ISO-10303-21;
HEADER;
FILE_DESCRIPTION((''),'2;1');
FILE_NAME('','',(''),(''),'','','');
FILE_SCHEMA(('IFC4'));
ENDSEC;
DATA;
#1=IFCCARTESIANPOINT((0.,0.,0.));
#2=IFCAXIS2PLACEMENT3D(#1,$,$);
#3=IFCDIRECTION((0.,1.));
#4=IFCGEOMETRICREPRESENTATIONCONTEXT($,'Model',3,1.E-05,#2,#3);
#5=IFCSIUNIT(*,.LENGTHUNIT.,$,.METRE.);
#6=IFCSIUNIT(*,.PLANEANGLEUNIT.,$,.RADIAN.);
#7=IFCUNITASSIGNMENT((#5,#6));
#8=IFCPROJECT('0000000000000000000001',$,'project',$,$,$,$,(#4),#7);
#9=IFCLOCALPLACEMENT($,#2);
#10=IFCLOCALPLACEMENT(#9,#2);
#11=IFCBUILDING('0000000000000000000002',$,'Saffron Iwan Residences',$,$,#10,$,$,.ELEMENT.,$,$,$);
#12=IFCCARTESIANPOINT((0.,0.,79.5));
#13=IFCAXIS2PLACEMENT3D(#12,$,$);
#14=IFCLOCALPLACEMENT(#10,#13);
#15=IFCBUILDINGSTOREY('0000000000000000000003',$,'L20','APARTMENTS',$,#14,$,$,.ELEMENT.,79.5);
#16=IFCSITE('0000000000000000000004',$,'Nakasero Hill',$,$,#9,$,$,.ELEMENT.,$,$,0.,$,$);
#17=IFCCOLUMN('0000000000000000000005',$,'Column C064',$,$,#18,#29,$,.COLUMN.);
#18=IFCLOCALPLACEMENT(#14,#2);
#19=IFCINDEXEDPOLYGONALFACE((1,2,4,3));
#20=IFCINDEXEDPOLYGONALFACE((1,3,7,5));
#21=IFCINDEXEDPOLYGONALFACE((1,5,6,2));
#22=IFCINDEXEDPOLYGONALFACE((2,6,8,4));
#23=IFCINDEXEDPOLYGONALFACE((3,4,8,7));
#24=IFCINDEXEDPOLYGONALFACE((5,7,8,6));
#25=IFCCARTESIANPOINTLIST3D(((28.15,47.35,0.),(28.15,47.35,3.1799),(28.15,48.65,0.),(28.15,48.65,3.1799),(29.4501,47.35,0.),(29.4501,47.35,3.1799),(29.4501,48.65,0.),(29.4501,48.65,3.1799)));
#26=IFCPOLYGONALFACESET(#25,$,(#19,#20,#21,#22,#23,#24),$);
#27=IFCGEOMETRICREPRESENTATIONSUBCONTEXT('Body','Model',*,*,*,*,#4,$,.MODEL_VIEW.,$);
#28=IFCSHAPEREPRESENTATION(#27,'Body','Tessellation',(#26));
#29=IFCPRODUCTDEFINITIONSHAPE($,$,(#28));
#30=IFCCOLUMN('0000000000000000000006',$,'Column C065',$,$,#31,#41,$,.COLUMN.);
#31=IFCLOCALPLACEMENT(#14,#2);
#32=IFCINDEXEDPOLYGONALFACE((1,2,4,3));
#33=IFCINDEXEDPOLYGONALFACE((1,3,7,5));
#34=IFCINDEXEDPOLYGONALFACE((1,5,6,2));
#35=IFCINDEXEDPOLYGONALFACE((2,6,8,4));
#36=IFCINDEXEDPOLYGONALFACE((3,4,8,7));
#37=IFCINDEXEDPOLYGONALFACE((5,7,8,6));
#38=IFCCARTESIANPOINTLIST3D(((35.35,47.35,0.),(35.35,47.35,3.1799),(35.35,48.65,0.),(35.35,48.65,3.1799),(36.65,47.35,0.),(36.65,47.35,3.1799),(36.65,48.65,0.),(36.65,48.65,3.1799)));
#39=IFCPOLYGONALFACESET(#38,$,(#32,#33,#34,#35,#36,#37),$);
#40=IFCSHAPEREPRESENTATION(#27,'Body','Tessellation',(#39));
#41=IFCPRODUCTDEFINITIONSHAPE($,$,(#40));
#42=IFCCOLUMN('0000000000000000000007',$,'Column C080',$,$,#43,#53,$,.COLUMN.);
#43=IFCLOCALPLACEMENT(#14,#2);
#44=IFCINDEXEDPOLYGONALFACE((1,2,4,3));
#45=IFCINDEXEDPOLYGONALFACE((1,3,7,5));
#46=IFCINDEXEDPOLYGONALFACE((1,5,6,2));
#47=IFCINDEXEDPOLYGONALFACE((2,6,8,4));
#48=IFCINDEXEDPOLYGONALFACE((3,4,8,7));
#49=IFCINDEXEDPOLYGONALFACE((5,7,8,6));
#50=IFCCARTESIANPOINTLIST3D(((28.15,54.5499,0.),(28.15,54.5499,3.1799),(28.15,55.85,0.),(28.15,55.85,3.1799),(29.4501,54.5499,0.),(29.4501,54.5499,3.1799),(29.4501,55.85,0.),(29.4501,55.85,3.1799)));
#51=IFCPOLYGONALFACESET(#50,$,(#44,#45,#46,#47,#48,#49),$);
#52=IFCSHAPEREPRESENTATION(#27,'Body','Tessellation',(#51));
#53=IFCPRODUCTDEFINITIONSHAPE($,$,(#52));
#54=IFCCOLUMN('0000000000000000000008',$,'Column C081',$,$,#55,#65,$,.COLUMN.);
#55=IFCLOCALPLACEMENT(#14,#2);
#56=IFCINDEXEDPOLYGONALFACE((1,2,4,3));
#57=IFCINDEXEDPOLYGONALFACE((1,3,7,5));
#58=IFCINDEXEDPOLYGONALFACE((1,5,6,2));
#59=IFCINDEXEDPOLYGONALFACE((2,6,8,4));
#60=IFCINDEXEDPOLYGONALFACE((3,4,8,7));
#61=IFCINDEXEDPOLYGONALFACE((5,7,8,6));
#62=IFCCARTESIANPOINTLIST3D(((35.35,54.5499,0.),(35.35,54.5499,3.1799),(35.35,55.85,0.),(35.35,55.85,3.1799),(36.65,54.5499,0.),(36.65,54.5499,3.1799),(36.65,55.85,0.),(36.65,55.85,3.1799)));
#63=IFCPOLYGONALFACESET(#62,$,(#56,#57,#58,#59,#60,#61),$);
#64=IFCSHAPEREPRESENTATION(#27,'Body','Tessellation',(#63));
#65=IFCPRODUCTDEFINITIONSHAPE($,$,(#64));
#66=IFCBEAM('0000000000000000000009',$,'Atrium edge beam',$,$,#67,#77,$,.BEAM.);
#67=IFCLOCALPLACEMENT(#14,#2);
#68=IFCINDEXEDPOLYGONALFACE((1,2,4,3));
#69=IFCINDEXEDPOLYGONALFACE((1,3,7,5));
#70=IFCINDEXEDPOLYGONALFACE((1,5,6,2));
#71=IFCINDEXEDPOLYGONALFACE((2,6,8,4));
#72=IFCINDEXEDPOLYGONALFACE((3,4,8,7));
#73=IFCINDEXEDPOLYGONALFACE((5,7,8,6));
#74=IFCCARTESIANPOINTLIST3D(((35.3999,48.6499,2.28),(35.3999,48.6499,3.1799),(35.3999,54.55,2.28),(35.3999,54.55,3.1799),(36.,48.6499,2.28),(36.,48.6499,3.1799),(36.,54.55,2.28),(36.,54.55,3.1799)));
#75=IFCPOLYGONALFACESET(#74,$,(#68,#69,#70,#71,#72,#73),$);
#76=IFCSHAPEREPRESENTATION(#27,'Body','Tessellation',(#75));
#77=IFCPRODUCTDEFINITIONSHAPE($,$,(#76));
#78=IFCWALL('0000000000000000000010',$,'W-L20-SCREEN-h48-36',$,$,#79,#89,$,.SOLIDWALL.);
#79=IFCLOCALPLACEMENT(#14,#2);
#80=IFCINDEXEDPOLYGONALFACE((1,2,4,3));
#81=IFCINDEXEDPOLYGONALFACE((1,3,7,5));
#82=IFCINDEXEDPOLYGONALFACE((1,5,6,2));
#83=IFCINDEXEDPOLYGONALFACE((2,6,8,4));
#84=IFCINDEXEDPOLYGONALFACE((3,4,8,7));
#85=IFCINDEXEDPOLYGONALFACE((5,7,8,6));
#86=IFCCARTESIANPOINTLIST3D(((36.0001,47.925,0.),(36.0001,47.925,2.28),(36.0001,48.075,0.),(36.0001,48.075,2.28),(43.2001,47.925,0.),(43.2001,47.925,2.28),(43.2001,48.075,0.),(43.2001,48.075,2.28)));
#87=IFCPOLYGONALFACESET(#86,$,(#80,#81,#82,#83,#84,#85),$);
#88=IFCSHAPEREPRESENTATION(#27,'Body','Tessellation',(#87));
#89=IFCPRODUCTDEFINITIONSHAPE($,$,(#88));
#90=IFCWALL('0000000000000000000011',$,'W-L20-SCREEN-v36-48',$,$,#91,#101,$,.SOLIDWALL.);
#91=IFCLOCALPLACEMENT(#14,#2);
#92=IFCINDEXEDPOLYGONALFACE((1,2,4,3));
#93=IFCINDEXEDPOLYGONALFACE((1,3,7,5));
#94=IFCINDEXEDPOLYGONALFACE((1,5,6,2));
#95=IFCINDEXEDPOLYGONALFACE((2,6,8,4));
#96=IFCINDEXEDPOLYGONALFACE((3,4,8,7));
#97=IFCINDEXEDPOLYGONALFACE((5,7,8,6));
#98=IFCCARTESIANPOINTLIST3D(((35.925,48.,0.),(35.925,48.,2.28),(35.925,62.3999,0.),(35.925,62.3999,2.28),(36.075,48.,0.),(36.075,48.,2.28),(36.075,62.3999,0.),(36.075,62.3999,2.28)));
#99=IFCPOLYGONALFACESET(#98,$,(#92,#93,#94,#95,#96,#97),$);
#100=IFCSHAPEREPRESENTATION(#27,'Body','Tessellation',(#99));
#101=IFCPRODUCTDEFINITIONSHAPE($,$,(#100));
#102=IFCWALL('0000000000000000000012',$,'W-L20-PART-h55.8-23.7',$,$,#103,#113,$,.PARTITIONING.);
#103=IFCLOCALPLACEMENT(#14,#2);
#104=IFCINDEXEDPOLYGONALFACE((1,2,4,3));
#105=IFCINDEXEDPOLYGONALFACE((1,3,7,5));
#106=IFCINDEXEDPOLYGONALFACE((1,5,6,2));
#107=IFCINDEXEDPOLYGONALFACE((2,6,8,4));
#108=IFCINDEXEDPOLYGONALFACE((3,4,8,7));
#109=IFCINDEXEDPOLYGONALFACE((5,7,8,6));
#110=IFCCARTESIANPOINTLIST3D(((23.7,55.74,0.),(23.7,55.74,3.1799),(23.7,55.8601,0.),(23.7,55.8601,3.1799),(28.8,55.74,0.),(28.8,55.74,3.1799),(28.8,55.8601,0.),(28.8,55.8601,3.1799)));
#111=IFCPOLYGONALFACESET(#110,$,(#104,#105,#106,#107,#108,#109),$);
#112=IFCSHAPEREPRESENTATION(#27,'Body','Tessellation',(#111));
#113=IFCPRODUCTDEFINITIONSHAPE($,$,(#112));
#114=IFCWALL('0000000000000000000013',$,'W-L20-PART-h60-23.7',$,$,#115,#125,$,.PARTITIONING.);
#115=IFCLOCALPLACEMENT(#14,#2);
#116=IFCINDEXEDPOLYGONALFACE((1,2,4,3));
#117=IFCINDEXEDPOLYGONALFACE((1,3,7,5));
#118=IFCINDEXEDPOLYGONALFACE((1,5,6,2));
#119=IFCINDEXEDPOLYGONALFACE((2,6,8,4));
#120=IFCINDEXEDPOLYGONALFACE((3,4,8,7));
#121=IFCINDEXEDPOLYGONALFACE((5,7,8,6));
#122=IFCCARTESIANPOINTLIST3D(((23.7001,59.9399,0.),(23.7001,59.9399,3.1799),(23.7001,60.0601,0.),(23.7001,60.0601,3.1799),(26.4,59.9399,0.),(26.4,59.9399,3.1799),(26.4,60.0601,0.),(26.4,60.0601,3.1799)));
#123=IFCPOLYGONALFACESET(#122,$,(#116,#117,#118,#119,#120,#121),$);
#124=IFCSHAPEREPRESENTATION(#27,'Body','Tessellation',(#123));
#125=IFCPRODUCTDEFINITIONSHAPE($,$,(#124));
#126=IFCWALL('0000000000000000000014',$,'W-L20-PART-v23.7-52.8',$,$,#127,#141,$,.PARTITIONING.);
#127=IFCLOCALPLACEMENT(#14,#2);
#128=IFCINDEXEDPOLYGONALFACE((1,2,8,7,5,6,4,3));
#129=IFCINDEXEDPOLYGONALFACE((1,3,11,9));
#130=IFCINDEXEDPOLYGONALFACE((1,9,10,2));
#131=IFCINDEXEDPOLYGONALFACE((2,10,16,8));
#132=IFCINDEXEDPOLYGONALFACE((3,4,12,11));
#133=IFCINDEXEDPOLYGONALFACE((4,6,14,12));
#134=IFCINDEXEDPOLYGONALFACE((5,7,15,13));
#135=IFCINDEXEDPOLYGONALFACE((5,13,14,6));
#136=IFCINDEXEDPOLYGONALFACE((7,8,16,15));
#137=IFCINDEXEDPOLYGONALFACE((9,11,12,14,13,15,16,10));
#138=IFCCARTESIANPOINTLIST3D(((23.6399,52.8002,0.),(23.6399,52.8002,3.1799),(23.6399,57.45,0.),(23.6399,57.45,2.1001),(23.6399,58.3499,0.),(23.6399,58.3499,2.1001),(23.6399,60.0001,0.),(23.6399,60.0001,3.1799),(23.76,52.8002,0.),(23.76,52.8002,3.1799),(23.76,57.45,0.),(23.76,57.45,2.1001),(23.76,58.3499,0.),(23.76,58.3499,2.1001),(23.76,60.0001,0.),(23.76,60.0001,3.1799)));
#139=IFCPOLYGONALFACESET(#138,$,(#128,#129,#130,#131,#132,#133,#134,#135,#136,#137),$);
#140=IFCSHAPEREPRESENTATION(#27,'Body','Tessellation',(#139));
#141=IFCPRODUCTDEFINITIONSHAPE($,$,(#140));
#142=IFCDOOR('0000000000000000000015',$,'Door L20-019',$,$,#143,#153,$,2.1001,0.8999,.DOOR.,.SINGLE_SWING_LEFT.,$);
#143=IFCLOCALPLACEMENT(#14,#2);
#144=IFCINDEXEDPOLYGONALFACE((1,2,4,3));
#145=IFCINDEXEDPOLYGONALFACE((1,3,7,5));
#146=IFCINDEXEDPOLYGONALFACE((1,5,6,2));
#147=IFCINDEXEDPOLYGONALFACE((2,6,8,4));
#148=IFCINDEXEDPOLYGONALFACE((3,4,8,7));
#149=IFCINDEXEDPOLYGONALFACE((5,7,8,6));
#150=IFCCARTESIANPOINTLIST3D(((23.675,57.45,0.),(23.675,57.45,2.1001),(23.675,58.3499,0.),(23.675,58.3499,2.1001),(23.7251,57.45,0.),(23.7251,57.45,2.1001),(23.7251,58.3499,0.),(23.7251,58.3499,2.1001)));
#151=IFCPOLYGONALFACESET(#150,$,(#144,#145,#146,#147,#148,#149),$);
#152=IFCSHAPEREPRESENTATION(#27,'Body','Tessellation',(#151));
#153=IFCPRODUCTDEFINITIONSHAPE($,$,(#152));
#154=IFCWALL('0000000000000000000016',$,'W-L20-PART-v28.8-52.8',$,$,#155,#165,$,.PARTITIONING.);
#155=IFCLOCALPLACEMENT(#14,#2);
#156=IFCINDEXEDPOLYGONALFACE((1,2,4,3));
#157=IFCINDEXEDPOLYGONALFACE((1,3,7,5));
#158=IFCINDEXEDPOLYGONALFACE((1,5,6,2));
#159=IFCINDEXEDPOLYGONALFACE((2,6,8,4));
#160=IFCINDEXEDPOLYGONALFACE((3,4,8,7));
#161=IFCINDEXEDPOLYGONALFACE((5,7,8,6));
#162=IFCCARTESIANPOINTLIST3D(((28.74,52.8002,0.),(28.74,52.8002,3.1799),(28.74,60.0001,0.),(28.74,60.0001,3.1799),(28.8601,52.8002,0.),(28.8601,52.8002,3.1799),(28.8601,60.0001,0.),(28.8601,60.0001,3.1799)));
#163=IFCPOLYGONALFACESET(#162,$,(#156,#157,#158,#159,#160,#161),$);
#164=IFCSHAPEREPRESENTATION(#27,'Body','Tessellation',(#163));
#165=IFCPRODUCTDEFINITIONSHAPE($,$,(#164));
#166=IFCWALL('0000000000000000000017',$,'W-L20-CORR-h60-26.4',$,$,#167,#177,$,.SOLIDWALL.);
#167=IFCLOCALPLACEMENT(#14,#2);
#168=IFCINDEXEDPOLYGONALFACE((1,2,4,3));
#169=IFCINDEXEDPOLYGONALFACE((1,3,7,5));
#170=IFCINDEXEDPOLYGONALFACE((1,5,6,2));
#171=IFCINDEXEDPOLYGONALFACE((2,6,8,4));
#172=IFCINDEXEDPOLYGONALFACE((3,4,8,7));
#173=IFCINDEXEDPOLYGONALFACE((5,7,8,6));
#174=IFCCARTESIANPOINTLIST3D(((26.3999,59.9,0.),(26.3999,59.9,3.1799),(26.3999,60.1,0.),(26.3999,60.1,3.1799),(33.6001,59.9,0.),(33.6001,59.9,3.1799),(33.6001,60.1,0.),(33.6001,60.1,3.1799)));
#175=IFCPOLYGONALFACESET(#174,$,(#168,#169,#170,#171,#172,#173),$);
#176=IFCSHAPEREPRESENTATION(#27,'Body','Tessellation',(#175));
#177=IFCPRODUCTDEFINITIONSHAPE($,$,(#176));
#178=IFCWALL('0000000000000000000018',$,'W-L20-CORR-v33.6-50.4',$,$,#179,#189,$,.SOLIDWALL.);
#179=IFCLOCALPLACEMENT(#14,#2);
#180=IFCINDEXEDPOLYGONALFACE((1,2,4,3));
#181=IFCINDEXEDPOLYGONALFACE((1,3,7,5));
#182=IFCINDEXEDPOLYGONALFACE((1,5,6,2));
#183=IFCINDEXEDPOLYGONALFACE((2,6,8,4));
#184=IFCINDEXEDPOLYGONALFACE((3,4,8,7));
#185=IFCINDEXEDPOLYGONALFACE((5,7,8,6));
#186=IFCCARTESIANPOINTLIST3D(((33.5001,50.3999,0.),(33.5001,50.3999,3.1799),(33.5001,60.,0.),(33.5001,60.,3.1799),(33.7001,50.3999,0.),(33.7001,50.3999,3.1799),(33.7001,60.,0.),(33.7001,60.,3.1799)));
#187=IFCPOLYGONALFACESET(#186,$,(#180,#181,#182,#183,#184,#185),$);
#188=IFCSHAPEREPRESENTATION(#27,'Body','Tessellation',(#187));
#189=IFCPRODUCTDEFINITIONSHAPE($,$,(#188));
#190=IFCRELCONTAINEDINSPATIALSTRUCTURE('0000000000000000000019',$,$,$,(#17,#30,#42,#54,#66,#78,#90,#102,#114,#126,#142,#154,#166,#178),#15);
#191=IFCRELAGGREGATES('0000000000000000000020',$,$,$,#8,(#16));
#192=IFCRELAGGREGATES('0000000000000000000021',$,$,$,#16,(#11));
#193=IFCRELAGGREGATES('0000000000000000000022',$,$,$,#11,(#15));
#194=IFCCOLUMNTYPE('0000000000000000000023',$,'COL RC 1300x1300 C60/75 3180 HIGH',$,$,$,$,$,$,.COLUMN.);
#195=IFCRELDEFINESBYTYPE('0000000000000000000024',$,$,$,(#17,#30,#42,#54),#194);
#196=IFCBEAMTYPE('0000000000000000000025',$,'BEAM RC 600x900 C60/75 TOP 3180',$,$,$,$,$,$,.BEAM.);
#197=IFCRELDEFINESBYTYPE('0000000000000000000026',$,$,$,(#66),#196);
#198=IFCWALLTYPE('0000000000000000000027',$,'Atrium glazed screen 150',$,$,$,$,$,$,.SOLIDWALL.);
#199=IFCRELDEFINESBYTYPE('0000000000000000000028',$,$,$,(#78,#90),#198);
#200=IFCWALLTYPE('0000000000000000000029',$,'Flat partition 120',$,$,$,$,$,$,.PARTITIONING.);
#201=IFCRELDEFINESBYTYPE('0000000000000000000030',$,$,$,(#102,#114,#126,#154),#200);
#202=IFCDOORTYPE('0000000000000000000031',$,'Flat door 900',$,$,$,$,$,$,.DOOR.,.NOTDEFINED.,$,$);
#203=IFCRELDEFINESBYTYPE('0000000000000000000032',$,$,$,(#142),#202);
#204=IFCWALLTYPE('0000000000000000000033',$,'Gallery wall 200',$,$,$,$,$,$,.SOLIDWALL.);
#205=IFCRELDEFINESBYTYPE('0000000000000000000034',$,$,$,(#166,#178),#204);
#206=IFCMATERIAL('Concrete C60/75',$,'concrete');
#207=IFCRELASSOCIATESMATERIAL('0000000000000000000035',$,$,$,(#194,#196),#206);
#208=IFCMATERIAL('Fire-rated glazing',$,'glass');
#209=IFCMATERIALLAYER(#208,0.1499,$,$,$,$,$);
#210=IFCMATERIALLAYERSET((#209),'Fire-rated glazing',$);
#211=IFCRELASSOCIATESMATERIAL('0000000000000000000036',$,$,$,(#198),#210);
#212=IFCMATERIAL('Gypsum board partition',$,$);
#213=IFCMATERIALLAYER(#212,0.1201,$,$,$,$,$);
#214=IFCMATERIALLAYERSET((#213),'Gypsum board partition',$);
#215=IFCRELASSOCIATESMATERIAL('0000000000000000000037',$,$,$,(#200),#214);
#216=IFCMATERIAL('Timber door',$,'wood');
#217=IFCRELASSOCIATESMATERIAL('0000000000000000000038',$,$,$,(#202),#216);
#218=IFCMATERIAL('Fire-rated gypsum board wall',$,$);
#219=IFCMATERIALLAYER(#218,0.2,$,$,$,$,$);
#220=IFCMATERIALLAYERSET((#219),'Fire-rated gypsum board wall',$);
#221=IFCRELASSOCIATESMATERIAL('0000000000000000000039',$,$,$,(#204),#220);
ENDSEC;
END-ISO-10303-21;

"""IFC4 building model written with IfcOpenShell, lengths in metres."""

from ifc_helpers import new_model, si_unit, direction, frame, frame_2d, origin, origin_2d, place, context, subcontext, project, spatial, rectangle, extrude, source, transform, mapped, material, layer, layer_set, material_profile, profile_set, type_object, element, fill, save


model = new_model("IFC4")

# Units and contexts
model_context = context("Model", 3, precision=1e-05, world=origin(), true_north=direction((0.0, 1.0)))
body_context = subcontext(model_context, "Body", "Model", "MODEL_VIEW")
ifc_project = project(units=[si_unit("LENGTHUNIT", "METRE"), si_unit("PLANEANGLEUNIT", "RADIAN")], contexts=[model_context])

# Site, building, storey
site_placement = place(None, origin())
site = spatial("IfcSite", under=ifc_project, at=site_placement, Name="Nakasero Hill", CompositionType="ELEMENT", RefElevation=0.0)
building_placement = place(site_placement, origin())
building = spatial("IfcBuilding", under=site, at=building_placement, Name="Saffron Iwan Residences", CompositionType="ELEMENT")
storey_placement = place(building_placement, frame((0.0, 0.0, 79.5)))
storey = spatial("IfcBuildingStorey", under=building, at=storey_placement, Name="L20", Description="APARTMENTS", CompositionType="ELEMENT", Elevation=79.5)

# Columns
ifc_material_1 = material(Name="Concrete C60/75", Category="concrete")
ifc_material_profile_1 = material_profile(ifc_material_1, rectangle(XDim=1.3, YDim=1.3, at=origin_2d()), Name="RC 1300x1300")
ifc_profile_set_1 = profile_set([ifc_material_profile_1], Name="Concrete C60/75")
column_type = type_object("IfcColumnType", Name="COL RC 1300x1300 C60/75 3180 HIGH", PredefinedType="COLUMN", material=ifc_profile_set_1)
shared_shape_1 = source(origin(), body_context, "Body", "SweptSolid", [
    extrude(rectangle(XDim=1.3, YDim=1.3, at=origin_2d()), origin(), (0.0, 0.0, 1.0), 3.1799),
])
for number, where, z_axis, x_axis, name in (
    (1, (28.8, 48.0, 0.0), (0.0, 0.0, 1.0), (1.0, 0.0, 0.0), "Column C064"),
    (2, (36.0, 48.0, 0.0), (0.0, 0.0, 1.0), (1.0, 0.0, 0.0), "Column C065"),
    (3, (28.8, 55.2, 0.0), (0.0, 0.0, 1.0), (1.0, 0.0, 0.0), "Column C080"),
    (4, (36.0, 55.2, 0.0), (0.0, 0.0, 1.0), (1.0, 0.0, 0.0), "Column C081"),
):
    element("IfcColumn", number, at=place(storey_placement, frame(where, z_axis=z_axis, x_axis=x_axis)), inside=storey, type_object=column_type, Name=name, PredefinedType="COLUMN", context=body_context, shape_type="MappedRepresentation", body=[
        mapped(shared_shape_1, transform((0.0, 0.0, 0.0))),
    ])

# Beam
ifc_material_profile_2 = material_profile(ifc_material_1, rectangle(XDim=0.6001, YDim=0.8999, at=origin_2d()), Name="RC 600x900")
ifc_profile_set_2 = profile_set([ifc_material_profile_2], Name="Concrete C60/75")
beam_type = type_object("IfcBeamType", Name="BEAM RC 600x900 C60/75 TOP 3180", PredefinedType="BEAM", material=ifc_profile_set_2)
shared_shape_2 = source(origin(), body_context, "Body", "SweptSolid", [
    extrude(rectangle(XDim=0.6001, YDim=0.8999, at=origin_2d()), origin(), (0.0, 0.0, 1.0), 5.9001),
])
beam_placement = place(storey_placement, frame((35.7, 48.6499, 2.73), z_axis=(0.0, 1.0, 0.0), x_axis=(-1.0, 0.0, 0.0)))
element("IfcBeam", 5, at=beam_placement, inside=storey, type_object=beam_type, Name="Atrium edge beam", PredefinedType="BEAM", context=body_context, shape_type="MappedRepresentation", body=[
    mapped(shared_shape_2, transform((0.0, 0.0, 0.0))),
])

# Walls
ifc_material_2 = material(Name="Fire-rated glazing", Category="glass")
ifc_layer_1 = layer(ifc_material_2, 0.1499)
ifc_layer_set_1 = layer_set([ifc_layer_1], Name="Fire-rated glazing")
wall_type_1 = type_object("IfcWallType", Name="Atrium glazed screen 150", PredefinedType="SOLIDWALL", material=ifc_layer_set_1)
wall_1_placement = place(storey_placement, frame((36.0, 48.0, 0.0), z_axis=(0.0, 0.0, 1.0), x_axis=(1.0, 0.0, 0.0)))
element("IfcWall", 6, at=wall_1_placement, inside=storey, type_object=wall_type_1, Name="W-L20-SCREEN-h48-36", PredefinedType="SOLIDWALL", context=body_context, shape_type="SweptSolid", body=[
    extrude(rectangle(XDim=7.2, YDim=0.1499, at=frame_2d((3.6001, 0.0))), origin(), (0.0, 0.0, 1.0), 2.28),
])
wall_2_placement = place(storey_placement, frame((36.0, 48.0, 0.0), z_axis=(0.0, 0.0, 1.0), x_axis=(0.0, 1.0, 0.0)))
element("IfcWall", 7, at=wall_2_placement, inside=storey, type_object=wall_type_1, Name="W-L20-SCREEN-v36-48", PredefinedType="SOLIDWALL", context=body_context, shape_type="SweptSolid", body=[
    extrude(rectangle(XDim=14.3999, YDim=0.1499, at=frame_2d((7.2, 0.0))), origin(), (0.0, 0.0, 1.0), 2.28),
])
ifc_material_3 = material(Name="Gypsum board partition")
ifc_layer_2 = layer(ifc_material_3, 0.1201)
ifc_layer_set_2 = layer_set([ifc_layer_2], Name="Gypsum board partition")
wall_type_2 = type_object("IfcWallType", Name="Flat partition 120", PredefinedType="PARTITIONING", material=ifc_layer_set_2)
wall_3_placement = place(storey_placement, frame((23.7, 55.8, 0.0), z_axis=(0.0, 0.0, 1.0), x_axis=(1.0, 0.0, 0.0)))
element("IfcWall", 8, at=wall_3_placement, inside=storey, type_object=wall_type_2, Name="W-L20-PART-h55.8-23.7", PredefinedType="PARTITIONING", context=body_context, shape_type="SweptSolid", body=[
    extrude(rectangle(XDim=5.1001, YDim=0.1201, at=frame_2d((2.55, 0.0))), origin(), (0.0, 0.0, 1.0), 3.1799),
])
wall_4_placement = place(storey_placement, frame((23.7, 60.0, 0.0), z_axis=(0.0, 0.0, 1.0), x_axis=(1.0, 0.0, 0.0)))
element("IfcWall", 9, at=wall_4_placement, inside=storey, type_object=wall_type_2, Name="W-L20-PART-h60-23.7", PredefinedType="PARTITIONING", context=body_context, shape_type="SweptSolid", body=[
    extrude(rectangle(XDim=2.7, YDim=0.1201, at=frame_2d((1.3501, 0.0))), origin(), (0.0, 0.0, 1.0), 3.1799),
])

# Wall, opening, door
wall_5_placement = place(storey_placement, frame((23.7, 52.8, 0.0), z_axis=(0.0, 0.0, 1.0), x_axis=(0.0, 1.0, 0.0)))
wall_5 = element("IfcWall", 10, at=wall_5_placement, inside=storey, type_object=wall_type_2, Name="W-L20-PART-v23.7-52.8", PredefinedType="PARTITIONING", context=body_context, shape_type="SweptSolid", body=[
    extrude(rectangle(XDim=7.2, YDim=0.1201, at=frame_2d((3.6001, 0.0))), origin(), (0.0, 0.0, 1.0), 3.1799),
])
opening_placement = place(wall_5_placement, frame((4.6499, 0.0, 0.0)))
opening = element("IfcOpeningElement", 11, at=opening_placement, cuts=wall_5, PredefinedType="OPENING", context=body_context, shape_type="SweptSolid", body=[
    extrude(rectangle(XDim=0.8999, YDim=2.1001, at=frame_2d((0.45, 1.05))), frame((0.0, 0.0701, 0.0), z_axis=(0.0, -1.0, 0.0), x_axis=(1.0, 0.0, 0.0)), (0.0, 0.0, 1.0), 0.1401),
])
ifc_material_4 = material(Name="Timber door", Category="wood")
door_type = type_object("IfcDoorType", Name="Flat door 900", OperationType="NOTDEFINED", PredefinedType="DOOR", material=ifc_material_4)
door_placement = place(opening_placement, origin())
door = element("IfcDoor", 12, at=door_placement, inside=storey, type_object=door_type, Name="Door L20-019", OperationType="SINGLE_SWING_LEFT", OverallHeight=2.1001, OverallWidth=0.8999, PredefinedType="DOOR", context=body_context, shape_type="SweptSolid", body=[
    extrude(rectangle(XDim=0.8999, YDim=2.1001, at=frame_2d((0.45, 1.05))), frame((0.0, 0.0249, 0.0), z_axis=(0.0, -1.0, 0.0), x_axis=(1.0, 0.0, 0.0)), (0.0, 0.0, 1.0), 0.05),
])
fill(opening, door)

# Walls
wall_6_placement = place(storey_placement, frame((28.8, 52.8, 0.0), z_axis=(0.0, 0.0, 1.0), x_axis=(0.0, 1.0, 0.0)))
element("IfcWall", 13, at=wall_6_placement, inside=storey, type_object=wall_type_2, Name="W-L20-PART-v28.8-52.8", PredefinedType="PARTITIONING", context=body_context, shape_type="SweptSolid", body=[
    extrude(rectangle(XDim=7.2, YDim=0.1201, at=frame_2d((3.6001, 0.0))), origin(), (0.0, 0.0, 1.0), 3.1799),
])
ifc_material_5 = material(Name="Fire-rated gypsum board wall")
ifc_layer_3 = layer(ifc_material_5, 0.2)
ifc_layer_set_3 = layer_set([ifc_layer_3], Name="Fire-rated gypsum board wall")
wall_type_3 = type_object("IfcWallType", Name="Gallery wall 200", PredefinedType="SOLIDWALL", material=ifc_layer_set_3)
wall_7_placement = place(storey_placement, frame((26.3999, 60.0, 0.0), z_axis=(0.0, 0.0, 1.0), x_axis=(1.0, 0.0, 0.0)))
element("IfcWall", 14, at=wall_7_placement, inside=storey, type_object=wall_type_3, Name="W-L20-CORR-h60-26.4", PredefinedType="SOLIDWALL", context=body_context, shape_type="SweptSolid", body=[
    extrude(rectangle(XDim=7.2002, YDim=0.2, at=frame_2d((3.6001, 0.0))), origin(), (0.0, 0.0, 1.0), 3.1799),
])
wall_8_placement = place(storey_placement, frame((33.6001, 50.3999, 0.0), z_axis=(0.0, 0.0, 1.0), x_axis=(0.0, 1.0, 0.0)))
element("IfcWall", 15, at=wall_8_placement, inside=storey, type_object=wall_type_3, Name="W-L20-CORR-v33.6-50.4", PredefinedType="SOLIDWALL", context=body_context, shape_type="SweptSolid", body=[
    extrude(rectangle(XDim=9.6001, YDim=0.2, at=frame_2d((4.8, 0.0))), origin(), (0.0, 0.0, 1.0), 3.1799),
])

save(model, "model.ifc")
